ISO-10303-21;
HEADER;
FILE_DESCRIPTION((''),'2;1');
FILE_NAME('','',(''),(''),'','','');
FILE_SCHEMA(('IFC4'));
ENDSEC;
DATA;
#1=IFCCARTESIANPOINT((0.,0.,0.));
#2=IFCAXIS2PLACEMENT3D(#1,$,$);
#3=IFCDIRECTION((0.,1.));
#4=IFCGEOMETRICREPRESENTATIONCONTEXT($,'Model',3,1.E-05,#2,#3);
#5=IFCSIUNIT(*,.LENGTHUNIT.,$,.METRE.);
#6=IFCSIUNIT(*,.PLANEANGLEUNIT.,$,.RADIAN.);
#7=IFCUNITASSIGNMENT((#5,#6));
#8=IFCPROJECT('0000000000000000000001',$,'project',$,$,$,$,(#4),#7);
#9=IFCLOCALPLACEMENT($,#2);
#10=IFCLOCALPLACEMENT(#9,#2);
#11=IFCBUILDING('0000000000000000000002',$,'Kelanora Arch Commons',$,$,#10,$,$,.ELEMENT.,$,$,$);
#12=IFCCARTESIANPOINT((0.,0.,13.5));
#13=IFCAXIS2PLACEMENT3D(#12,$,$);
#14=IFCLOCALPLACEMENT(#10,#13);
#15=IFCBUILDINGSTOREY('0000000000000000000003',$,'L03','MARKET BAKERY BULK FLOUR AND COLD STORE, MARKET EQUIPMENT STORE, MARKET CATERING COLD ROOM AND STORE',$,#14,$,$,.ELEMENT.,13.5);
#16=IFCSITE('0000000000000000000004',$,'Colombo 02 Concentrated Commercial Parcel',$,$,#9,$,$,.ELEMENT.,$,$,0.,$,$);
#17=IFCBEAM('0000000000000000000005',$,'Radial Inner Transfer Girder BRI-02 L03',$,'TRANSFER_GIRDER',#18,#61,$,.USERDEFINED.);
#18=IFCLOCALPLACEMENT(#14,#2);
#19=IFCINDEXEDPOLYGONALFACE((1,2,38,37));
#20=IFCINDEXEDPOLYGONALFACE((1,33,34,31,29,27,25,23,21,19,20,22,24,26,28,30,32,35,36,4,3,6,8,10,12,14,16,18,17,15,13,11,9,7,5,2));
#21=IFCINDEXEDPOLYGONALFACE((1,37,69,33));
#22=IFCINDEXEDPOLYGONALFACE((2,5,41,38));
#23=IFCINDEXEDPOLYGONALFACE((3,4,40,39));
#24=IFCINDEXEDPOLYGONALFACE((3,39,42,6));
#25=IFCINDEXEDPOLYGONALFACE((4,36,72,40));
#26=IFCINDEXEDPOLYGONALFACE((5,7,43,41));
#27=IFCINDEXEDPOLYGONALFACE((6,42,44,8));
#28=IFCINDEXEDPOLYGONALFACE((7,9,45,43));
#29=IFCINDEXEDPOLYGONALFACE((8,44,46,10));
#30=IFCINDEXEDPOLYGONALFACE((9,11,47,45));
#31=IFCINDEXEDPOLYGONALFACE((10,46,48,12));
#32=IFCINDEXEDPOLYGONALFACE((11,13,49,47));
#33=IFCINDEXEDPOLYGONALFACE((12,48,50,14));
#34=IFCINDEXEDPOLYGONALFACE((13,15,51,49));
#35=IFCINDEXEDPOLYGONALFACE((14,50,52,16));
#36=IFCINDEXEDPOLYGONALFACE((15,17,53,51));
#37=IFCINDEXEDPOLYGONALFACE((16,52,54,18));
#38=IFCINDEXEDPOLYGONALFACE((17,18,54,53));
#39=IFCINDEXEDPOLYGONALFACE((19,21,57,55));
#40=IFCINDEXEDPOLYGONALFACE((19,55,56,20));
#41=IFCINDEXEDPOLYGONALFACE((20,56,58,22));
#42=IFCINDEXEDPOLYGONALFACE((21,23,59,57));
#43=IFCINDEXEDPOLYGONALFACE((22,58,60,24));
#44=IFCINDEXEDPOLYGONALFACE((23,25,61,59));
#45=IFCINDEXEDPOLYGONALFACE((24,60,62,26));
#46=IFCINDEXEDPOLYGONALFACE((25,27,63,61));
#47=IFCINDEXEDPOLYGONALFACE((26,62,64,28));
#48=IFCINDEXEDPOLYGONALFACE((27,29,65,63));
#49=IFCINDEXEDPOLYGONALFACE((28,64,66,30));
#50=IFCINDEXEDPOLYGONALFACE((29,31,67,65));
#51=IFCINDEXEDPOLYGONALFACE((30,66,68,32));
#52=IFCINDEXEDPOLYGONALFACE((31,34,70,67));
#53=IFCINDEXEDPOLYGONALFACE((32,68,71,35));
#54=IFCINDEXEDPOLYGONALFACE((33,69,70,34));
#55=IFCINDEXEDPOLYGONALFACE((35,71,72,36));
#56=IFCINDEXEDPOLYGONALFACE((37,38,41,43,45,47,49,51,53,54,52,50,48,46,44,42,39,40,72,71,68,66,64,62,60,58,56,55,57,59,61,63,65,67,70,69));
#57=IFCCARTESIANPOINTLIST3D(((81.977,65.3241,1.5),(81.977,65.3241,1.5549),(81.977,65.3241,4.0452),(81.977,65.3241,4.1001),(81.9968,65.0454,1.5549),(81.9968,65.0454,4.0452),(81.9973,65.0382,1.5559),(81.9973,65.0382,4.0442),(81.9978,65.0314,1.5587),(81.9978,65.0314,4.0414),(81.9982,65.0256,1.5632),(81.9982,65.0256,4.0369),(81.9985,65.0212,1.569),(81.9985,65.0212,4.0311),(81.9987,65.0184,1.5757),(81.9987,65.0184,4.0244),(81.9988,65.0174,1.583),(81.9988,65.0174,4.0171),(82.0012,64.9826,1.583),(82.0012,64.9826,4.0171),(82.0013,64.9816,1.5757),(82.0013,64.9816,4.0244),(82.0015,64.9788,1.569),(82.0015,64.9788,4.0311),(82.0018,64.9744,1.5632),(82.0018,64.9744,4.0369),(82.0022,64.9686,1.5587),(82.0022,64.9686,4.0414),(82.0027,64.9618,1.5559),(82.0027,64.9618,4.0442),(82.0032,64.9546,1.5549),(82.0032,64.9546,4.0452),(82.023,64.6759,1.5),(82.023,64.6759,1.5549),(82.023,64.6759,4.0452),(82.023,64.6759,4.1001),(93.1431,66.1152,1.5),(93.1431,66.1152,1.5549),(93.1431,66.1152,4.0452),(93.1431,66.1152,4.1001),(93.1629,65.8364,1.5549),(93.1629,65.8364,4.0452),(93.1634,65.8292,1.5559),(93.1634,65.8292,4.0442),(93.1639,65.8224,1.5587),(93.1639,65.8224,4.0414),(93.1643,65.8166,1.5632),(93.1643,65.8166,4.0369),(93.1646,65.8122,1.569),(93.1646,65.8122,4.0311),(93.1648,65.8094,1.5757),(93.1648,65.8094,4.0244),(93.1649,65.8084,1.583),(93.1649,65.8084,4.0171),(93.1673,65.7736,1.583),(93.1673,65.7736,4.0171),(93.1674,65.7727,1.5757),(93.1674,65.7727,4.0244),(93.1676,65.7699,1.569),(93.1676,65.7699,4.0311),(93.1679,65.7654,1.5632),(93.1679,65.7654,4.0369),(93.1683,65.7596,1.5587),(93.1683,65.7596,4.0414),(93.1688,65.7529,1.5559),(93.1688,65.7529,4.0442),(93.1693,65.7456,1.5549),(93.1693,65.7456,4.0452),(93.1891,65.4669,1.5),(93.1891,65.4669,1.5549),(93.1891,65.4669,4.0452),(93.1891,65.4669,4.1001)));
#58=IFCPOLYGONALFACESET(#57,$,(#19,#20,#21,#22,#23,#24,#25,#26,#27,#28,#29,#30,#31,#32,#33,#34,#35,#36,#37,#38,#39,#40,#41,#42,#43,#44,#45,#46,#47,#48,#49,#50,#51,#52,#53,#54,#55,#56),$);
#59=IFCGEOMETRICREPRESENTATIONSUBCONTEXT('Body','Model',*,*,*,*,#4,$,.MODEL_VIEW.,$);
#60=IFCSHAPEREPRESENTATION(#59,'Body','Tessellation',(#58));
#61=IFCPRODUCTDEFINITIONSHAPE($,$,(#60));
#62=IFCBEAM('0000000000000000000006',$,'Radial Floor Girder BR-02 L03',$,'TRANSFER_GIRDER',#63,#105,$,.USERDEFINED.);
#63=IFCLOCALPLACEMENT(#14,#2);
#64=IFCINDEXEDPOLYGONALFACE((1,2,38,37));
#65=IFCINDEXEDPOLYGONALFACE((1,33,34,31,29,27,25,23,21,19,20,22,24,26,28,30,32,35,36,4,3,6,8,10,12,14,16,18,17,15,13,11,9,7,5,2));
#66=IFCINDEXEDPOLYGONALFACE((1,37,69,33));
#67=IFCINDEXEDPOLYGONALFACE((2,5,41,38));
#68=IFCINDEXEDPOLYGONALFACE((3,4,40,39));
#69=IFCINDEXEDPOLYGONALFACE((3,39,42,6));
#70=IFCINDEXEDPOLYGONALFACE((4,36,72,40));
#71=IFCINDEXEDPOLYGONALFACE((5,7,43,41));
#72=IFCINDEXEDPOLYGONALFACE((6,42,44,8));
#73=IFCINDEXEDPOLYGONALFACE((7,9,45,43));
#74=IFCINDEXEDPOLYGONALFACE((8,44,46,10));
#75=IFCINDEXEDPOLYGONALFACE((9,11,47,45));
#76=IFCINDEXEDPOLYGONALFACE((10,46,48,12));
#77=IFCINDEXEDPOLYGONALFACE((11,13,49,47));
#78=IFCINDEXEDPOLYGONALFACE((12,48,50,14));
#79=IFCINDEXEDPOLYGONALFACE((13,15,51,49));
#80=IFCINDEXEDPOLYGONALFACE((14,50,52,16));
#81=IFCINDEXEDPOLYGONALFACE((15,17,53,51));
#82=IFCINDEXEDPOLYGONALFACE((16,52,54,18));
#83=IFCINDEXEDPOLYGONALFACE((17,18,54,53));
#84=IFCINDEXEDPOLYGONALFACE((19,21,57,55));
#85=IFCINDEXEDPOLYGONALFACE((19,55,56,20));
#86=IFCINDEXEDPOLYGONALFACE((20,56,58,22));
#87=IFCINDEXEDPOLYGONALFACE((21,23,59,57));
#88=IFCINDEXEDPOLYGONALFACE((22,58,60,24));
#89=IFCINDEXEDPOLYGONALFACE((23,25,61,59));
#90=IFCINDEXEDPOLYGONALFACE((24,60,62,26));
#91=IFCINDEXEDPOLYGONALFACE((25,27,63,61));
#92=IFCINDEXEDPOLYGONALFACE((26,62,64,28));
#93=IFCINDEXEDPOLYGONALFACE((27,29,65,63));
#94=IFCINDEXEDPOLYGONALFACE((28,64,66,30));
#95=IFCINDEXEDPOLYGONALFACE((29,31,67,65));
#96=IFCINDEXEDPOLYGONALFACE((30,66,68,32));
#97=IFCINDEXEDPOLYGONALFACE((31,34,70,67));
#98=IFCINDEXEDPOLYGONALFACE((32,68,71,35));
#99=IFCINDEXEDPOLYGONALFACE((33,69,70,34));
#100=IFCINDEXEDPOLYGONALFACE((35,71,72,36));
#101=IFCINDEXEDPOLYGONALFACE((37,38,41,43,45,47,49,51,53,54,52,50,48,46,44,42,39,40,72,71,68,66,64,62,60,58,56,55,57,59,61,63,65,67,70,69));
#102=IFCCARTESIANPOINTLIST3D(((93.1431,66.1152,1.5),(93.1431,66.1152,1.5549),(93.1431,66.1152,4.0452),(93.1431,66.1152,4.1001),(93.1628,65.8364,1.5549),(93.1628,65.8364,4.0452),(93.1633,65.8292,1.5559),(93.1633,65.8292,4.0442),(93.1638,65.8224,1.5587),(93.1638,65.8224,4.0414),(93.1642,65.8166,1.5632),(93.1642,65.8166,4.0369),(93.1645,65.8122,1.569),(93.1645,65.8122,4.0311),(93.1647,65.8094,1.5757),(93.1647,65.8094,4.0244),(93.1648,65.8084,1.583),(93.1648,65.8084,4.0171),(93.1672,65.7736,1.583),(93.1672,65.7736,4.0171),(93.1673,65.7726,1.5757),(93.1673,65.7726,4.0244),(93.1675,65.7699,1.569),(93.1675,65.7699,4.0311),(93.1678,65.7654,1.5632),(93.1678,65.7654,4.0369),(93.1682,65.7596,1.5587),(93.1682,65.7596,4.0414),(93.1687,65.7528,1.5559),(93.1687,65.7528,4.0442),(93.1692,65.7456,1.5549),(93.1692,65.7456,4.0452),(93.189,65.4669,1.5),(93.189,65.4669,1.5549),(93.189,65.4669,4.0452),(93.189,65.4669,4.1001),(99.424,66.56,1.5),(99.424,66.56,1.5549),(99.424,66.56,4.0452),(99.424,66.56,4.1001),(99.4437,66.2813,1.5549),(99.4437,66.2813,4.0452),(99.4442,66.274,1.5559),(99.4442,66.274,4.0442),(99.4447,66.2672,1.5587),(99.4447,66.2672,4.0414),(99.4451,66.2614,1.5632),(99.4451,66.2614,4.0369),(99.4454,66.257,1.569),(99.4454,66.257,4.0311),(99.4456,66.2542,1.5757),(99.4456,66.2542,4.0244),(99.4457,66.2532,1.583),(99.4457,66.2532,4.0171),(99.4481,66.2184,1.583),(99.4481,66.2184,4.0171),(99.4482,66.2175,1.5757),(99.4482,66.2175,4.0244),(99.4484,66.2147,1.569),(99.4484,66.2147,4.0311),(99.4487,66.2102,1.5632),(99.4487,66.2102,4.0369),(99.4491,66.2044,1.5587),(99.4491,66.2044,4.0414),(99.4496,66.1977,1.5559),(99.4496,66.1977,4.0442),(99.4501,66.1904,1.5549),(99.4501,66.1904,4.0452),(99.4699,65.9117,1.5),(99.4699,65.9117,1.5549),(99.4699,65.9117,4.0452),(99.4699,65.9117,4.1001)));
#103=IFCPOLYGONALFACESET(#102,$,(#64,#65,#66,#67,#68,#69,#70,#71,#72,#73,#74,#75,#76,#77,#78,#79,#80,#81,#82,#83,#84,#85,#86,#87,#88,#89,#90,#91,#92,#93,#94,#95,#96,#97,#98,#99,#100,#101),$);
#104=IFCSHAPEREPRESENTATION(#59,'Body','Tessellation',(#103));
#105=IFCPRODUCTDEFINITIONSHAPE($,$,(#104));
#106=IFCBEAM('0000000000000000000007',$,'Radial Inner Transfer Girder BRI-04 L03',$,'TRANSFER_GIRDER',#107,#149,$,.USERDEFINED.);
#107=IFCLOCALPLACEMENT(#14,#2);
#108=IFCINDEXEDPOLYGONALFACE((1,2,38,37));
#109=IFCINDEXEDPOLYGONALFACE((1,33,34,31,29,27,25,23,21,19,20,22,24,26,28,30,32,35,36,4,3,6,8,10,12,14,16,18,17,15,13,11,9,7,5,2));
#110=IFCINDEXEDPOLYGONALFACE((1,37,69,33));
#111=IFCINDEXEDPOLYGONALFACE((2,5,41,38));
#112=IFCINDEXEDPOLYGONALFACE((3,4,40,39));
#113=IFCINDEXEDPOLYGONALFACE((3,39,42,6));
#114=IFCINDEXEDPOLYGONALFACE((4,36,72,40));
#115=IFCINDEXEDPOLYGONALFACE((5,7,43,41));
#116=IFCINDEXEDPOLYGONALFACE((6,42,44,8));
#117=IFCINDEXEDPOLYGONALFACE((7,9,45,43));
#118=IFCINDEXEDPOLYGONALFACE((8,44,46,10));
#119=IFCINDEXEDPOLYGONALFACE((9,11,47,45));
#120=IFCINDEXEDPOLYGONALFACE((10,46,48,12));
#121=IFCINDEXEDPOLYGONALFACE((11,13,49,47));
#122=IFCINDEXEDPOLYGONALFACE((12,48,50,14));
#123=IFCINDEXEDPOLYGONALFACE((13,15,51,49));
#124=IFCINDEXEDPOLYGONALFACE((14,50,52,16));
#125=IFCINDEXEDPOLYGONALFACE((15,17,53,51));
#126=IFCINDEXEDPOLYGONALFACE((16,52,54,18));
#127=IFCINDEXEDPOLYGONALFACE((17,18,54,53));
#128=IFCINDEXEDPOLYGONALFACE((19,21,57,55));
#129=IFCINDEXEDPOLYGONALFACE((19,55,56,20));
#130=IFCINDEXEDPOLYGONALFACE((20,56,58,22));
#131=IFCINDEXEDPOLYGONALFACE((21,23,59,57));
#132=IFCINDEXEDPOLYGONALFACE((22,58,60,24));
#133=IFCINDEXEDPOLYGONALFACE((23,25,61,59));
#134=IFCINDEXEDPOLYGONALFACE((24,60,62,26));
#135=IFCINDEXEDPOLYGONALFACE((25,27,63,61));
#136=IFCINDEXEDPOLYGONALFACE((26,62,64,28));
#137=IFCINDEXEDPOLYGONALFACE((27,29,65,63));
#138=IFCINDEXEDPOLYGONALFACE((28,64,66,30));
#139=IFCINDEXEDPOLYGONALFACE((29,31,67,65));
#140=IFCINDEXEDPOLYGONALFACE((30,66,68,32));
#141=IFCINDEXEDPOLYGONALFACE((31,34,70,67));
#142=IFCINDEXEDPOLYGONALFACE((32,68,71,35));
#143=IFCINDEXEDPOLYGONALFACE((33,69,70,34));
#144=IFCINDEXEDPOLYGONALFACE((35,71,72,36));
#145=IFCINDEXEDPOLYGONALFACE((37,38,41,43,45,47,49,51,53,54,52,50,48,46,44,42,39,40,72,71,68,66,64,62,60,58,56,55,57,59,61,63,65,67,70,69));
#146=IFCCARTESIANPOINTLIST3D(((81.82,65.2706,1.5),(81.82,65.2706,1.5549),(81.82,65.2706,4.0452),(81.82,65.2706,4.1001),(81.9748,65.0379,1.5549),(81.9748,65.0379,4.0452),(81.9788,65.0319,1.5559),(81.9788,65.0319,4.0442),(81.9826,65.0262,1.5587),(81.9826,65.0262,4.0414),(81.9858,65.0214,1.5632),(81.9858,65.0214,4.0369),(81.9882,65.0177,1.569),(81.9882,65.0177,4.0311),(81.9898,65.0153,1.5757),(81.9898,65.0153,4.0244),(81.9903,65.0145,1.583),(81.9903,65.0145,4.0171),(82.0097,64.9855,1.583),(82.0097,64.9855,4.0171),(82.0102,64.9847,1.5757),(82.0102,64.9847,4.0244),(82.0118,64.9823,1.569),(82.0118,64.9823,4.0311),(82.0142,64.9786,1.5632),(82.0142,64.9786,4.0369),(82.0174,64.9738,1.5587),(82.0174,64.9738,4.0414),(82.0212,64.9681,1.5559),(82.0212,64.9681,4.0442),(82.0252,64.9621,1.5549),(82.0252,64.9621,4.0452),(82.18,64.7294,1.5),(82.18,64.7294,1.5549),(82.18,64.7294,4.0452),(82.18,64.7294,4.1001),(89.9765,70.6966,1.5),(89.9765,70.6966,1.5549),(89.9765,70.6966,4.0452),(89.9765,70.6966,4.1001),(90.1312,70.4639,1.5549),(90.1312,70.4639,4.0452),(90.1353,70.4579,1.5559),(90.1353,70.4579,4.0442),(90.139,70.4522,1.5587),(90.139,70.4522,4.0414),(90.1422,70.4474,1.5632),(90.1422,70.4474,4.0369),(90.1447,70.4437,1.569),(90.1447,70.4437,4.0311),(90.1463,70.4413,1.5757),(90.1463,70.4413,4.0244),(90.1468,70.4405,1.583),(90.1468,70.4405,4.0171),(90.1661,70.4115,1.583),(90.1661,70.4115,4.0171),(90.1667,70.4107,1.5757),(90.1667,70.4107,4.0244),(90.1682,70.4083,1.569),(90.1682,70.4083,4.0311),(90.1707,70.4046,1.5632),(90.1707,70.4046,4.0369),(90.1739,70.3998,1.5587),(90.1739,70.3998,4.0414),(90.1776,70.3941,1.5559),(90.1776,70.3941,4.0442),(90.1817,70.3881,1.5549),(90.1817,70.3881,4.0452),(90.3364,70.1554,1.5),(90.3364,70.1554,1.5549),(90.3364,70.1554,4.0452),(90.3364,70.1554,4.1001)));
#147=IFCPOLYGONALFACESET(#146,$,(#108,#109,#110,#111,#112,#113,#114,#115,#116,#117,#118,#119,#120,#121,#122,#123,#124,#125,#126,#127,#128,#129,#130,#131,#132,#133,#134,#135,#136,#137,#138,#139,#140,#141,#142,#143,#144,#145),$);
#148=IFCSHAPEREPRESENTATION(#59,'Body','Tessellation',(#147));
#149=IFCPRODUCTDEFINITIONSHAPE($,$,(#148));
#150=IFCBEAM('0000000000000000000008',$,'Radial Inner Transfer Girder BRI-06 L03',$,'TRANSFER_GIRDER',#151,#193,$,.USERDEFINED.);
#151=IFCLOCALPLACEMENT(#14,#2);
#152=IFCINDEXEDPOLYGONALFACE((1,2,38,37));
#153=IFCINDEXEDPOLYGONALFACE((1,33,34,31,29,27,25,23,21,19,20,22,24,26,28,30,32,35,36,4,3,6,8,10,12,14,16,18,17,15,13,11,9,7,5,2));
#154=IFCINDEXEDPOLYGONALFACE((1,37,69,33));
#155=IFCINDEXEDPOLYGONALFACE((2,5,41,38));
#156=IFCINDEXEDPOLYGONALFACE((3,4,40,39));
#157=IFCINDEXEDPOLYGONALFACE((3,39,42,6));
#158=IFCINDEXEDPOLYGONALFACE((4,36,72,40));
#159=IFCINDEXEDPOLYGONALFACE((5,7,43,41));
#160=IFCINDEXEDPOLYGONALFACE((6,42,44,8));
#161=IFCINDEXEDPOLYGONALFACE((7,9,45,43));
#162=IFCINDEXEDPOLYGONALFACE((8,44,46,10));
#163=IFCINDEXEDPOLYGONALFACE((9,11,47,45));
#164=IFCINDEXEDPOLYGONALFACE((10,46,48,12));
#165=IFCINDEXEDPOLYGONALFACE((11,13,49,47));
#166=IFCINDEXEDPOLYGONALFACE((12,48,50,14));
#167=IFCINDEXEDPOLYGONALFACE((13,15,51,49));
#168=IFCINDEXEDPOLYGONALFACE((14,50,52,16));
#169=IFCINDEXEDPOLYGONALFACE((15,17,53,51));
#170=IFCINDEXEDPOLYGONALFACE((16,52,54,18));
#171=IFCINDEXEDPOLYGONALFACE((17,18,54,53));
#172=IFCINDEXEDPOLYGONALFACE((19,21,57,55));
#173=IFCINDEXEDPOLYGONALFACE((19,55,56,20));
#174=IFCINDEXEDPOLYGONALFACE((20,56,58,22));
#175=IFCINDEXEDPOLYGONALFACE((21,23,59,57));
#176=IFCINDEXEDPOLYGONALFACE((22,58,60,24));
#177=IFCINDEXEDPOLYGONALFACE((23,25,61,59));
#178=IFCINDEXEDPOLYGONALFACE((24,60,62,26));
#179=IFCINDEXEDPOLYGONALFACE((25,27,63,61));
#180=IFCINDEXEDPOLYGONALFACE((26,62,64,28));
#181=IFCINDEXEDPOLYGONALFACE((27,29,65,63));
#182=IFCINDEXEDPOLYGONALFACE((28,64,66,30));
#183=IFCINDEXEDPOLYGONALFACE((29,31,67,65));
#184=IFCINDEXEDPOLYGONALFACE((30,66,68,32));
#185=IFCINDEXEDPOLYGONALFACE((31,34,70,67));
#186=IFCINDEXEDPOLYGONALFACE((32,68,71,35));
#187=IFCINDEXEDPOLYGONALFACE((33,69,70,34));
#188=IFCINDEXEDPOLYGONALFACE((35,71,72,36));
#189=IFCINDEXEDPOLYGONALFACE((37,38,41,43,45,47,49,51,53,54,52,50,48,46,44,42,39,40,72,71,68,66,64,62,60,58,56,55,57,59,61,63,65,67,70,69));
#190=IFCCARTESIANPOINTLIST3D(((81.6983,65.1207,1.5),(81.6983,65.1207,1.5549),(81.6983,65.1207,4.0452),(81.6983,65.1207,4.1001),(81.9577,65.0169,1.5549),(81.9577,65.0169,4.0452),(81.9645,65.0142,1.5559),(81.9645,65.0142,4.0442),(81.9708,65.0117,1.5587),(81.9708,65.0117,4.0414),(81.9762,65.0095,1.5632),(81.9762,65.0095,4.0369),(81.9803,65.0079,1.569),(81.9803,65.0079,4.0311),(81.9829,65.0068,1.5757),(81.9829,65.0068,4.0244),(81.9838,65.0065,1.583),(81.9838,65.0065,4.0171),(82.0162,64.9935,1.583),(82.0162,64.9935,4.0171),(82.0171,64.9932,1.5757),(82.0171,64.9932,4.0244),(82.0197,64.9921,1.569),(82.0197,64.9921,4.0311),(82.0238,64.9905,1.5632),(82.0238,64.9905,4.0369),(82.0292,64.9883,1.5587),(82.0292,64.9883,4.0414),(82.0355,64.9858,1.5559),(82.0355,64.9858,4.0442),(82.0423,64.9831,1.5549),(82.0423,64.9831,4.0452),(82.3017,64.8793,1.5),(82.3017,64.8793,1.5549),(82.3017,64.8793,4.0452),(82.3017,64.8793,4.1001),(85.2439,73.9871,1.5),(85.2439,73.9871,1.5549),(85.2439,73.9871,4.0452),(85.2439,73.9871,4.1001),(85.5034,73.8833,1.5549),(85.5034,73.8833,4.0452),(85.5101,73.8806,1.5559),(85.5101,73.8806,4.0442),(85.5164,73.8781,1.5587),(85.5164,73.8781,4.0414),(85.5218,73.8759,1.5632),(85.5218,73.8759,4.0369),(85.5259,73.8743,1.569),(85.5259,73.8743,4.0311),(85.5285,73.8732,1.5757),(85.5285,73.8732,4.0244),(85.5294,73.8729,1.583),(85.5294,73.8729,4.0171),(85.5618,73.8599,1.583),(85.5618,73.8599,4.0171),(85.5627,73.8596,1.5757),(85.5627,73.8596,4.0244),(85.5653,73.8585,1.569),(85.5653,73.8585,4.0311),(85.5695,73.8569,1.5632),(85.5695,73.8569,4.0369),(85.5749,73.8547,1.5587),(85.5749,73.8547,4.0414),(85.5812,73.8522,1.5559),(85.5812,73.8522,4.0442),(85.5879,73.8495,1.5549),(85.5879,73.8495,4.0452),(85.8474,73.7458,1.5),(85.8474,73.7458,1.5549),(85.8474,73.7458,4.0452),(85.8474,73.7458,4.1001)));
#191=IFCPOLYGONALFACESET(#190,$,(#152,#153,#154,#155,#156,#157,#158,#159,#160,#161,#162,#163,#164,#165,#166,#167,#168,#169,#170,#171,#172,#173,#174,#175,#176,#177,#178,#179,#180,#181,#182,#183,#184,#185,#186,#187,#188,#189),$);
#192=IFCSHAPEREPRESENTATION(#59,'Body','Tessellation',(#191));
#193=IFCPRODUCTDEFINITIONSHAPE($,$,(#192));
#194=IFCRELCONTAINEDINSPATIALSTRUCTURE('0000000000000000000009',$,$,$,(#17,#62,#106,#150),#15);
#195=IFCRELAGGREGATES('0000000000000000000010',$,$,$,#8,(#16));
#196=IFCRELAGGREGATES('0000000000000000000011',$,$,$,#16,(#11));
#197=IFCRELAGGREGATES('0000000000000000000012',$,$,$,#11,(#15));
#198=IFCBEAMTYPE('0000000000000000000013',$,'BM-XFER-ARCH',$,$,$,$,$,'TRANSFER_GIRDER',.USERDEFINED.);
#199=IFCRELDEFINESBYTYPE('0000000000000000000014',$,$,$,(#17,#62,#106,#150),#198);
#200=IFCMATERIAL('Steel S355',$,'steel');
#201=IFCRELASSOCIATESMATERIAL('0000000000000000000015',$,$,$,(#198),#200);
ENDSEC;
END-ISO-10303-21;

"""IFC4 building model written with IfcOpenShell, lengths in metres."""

from ifc_helpers import new_model, si_unit, direction, frame, origin, origin_2d, place, context, subcontext, project, spatial, i_section, extrude, material, material_profile, profile_set, type_object, element, save


model = new_model("IFC4")

# Units and contexts
model_context = context("Model", 3, precision=1e-05, world=origin(), true_north=direction((0.0, 1.0)))
body_context = subcontext(model_context, "Body", "Model", "MODEL_VIEW")
ifc_project = project(units=[si_unit("LENGTHUNIT", "METRE"), si_unit("PLANEANGLEUNIT", "RADIAN")], contexts=[model_context])

# Site, building, storey
site_placement = place(None, origin())
site = spatial("IfcSite", under=ifc_project, at=site_placement, Name="Colombo 02 Concentrated Commercial Parcel", CompositionType="ELEMENT", RefElevation=0.0)
building_placement = place(site_placement, origin())
building = spatial("IfcBuilding", under=site, at=building_placement, Name="Kelanora Arch Commons", CompositionType="ELEMENT")
storey_placement = place(building_placement, frame((0.0, 0.0, 13.5)))
storey = spatial("IfcBuildingStorey", under=building, at=storey_placement, Name="L03", Description="MARKET BAKERY BULK FLOUR AND COLD STORE, MARKET EQUIPMENT STORE, MARKET CATERING COLD ROOM AND STORE", CompositionType="ELEMENT", Elevation=13.5)

# Shared definitions
ifc_material_1 = material(Name="Steel S355", Category="steel")

# Beams
ifc_material_profile_1 = material_profile(ifc_material_1, i_section(OverallWidth=0.6499, OverallDepth=2.6001, WebThickness=0.0349, FlangeThickness=0.0549, FilletRadius=0.0281, at=origin_2d()), Name="PG2600x650")
ifc_profile_set_1 = profile_set([ifc_material_profile_1], Name="Steel S355")
beam_type_1 = type_object("IfcBeamType", Name="BM-XFER-ARCH", ElementType="TRANSFER_GIRDER", PredefinedType="USERDEFINED", material=ifc_profile_set_1)
beam_1_placement = place(storey_placement, frame((82.0, 65.0, 2.8), z_axis=(0.9975, 0.070664, 0.0), x_axis=(-0.070664, 0.9975, 0.0)))
element("IfcBeam", 1, at=beam_1_placement, inside=storey, type_object=beam_type_1, Name="Radial Inner Transfer Girder BRI-02 L03", ObjectType="TRANSFER_GIRDER", PredefinedType="USERDEFINED", context=body_context, shape_type="SweptSolid", body=[
    extrude(i_section(OverallWidth=0.6499, OverallDepth=2.6001, WebThickness=0.0349, FlangeThickness=0.0549, FilletRadius=0.0281, at=origin_2d()), origin(), (0.0, 0.0, 1.0), 11.1941),
])
beam_2_placement = place(storey_placement, frame((93.166, 65.791, 2.8), z_axis=(0.997502, 0.070644, 0.0), x_axis=(-0.070644, 0.997502, 0.0)))
element("IfcBeam", 2, at=beam_2_placement, inside=storey, type_object=beam_type_1, Name="Radial Floor Girder BR-02 L03", ObjectType="TRANSFER_GIRDER", PredefinedType="USERDEFINED", context=body_context, shape_type="SweptSolid", body=[
    extrude(i_section(OverallWidth=0.6499, OverallDepth=2.6001, WebThickness=0.0349, FlangeThickness=0.0549, FilletRadius=0.0281, at=origin_2d()), origin(), (0.0, 0.0, 1.0), 6.2966),
])
beam_3_placement = place(storey_placement, frame((82.0, 65.0, 2.8), z_axis=(0.832598, 0.553878, 0.0), x_axis=(-0.553878, 0.832598, 0.0)))
element("IfcBeam", 3, at=beam_3_placement, inside=storey, type_object=beam_type_1, Name="Radial Inner Transfer Girder BRI-04 L03", ObjectType="TRANSFER_GIRDER", PredefinedType="USERDEFINED", context=body_context, shape_type="SweptSolid", body=[
    extrude(i_section(OverallWidth=0.6499, OverallDepth=2.6001, WebThickness=0.0349, FlangeThickness=0.0549, FilletRadius=0.0281, at=origin_2d()), origin(), (0.0, 0.0, 1.0), 9.7964),
])
beam_4_placement = place(storey_placement, frame((82.0, 65.0, 2.8), z_axis=(0.371307, 0.92851, 0.0), x_axis=(-0.92851, 0.371307, 0.0)))
element("IfcBeam", 4, at=beam_4_placement, inside=storey, type_object=beam_type_1, Name="Radial Inner Transfer Girder BRI-06 L03", ObjectType="TRANSFER_GIRDER", PredefinedType="USERDEFINED", context=body_context, shape_type="SweptSolid", body=[
    extrude(i_section(OverallWidth=0.6499, OverallDepth=2.6001, WebThickness=0.0349, FlangeThickness=0.0549, FilletRadius=0.0281, at=origin_2d()), origin(), (0.0, 0.0, 1.0), 9.5491),
])

save(model, "model.ifc")
